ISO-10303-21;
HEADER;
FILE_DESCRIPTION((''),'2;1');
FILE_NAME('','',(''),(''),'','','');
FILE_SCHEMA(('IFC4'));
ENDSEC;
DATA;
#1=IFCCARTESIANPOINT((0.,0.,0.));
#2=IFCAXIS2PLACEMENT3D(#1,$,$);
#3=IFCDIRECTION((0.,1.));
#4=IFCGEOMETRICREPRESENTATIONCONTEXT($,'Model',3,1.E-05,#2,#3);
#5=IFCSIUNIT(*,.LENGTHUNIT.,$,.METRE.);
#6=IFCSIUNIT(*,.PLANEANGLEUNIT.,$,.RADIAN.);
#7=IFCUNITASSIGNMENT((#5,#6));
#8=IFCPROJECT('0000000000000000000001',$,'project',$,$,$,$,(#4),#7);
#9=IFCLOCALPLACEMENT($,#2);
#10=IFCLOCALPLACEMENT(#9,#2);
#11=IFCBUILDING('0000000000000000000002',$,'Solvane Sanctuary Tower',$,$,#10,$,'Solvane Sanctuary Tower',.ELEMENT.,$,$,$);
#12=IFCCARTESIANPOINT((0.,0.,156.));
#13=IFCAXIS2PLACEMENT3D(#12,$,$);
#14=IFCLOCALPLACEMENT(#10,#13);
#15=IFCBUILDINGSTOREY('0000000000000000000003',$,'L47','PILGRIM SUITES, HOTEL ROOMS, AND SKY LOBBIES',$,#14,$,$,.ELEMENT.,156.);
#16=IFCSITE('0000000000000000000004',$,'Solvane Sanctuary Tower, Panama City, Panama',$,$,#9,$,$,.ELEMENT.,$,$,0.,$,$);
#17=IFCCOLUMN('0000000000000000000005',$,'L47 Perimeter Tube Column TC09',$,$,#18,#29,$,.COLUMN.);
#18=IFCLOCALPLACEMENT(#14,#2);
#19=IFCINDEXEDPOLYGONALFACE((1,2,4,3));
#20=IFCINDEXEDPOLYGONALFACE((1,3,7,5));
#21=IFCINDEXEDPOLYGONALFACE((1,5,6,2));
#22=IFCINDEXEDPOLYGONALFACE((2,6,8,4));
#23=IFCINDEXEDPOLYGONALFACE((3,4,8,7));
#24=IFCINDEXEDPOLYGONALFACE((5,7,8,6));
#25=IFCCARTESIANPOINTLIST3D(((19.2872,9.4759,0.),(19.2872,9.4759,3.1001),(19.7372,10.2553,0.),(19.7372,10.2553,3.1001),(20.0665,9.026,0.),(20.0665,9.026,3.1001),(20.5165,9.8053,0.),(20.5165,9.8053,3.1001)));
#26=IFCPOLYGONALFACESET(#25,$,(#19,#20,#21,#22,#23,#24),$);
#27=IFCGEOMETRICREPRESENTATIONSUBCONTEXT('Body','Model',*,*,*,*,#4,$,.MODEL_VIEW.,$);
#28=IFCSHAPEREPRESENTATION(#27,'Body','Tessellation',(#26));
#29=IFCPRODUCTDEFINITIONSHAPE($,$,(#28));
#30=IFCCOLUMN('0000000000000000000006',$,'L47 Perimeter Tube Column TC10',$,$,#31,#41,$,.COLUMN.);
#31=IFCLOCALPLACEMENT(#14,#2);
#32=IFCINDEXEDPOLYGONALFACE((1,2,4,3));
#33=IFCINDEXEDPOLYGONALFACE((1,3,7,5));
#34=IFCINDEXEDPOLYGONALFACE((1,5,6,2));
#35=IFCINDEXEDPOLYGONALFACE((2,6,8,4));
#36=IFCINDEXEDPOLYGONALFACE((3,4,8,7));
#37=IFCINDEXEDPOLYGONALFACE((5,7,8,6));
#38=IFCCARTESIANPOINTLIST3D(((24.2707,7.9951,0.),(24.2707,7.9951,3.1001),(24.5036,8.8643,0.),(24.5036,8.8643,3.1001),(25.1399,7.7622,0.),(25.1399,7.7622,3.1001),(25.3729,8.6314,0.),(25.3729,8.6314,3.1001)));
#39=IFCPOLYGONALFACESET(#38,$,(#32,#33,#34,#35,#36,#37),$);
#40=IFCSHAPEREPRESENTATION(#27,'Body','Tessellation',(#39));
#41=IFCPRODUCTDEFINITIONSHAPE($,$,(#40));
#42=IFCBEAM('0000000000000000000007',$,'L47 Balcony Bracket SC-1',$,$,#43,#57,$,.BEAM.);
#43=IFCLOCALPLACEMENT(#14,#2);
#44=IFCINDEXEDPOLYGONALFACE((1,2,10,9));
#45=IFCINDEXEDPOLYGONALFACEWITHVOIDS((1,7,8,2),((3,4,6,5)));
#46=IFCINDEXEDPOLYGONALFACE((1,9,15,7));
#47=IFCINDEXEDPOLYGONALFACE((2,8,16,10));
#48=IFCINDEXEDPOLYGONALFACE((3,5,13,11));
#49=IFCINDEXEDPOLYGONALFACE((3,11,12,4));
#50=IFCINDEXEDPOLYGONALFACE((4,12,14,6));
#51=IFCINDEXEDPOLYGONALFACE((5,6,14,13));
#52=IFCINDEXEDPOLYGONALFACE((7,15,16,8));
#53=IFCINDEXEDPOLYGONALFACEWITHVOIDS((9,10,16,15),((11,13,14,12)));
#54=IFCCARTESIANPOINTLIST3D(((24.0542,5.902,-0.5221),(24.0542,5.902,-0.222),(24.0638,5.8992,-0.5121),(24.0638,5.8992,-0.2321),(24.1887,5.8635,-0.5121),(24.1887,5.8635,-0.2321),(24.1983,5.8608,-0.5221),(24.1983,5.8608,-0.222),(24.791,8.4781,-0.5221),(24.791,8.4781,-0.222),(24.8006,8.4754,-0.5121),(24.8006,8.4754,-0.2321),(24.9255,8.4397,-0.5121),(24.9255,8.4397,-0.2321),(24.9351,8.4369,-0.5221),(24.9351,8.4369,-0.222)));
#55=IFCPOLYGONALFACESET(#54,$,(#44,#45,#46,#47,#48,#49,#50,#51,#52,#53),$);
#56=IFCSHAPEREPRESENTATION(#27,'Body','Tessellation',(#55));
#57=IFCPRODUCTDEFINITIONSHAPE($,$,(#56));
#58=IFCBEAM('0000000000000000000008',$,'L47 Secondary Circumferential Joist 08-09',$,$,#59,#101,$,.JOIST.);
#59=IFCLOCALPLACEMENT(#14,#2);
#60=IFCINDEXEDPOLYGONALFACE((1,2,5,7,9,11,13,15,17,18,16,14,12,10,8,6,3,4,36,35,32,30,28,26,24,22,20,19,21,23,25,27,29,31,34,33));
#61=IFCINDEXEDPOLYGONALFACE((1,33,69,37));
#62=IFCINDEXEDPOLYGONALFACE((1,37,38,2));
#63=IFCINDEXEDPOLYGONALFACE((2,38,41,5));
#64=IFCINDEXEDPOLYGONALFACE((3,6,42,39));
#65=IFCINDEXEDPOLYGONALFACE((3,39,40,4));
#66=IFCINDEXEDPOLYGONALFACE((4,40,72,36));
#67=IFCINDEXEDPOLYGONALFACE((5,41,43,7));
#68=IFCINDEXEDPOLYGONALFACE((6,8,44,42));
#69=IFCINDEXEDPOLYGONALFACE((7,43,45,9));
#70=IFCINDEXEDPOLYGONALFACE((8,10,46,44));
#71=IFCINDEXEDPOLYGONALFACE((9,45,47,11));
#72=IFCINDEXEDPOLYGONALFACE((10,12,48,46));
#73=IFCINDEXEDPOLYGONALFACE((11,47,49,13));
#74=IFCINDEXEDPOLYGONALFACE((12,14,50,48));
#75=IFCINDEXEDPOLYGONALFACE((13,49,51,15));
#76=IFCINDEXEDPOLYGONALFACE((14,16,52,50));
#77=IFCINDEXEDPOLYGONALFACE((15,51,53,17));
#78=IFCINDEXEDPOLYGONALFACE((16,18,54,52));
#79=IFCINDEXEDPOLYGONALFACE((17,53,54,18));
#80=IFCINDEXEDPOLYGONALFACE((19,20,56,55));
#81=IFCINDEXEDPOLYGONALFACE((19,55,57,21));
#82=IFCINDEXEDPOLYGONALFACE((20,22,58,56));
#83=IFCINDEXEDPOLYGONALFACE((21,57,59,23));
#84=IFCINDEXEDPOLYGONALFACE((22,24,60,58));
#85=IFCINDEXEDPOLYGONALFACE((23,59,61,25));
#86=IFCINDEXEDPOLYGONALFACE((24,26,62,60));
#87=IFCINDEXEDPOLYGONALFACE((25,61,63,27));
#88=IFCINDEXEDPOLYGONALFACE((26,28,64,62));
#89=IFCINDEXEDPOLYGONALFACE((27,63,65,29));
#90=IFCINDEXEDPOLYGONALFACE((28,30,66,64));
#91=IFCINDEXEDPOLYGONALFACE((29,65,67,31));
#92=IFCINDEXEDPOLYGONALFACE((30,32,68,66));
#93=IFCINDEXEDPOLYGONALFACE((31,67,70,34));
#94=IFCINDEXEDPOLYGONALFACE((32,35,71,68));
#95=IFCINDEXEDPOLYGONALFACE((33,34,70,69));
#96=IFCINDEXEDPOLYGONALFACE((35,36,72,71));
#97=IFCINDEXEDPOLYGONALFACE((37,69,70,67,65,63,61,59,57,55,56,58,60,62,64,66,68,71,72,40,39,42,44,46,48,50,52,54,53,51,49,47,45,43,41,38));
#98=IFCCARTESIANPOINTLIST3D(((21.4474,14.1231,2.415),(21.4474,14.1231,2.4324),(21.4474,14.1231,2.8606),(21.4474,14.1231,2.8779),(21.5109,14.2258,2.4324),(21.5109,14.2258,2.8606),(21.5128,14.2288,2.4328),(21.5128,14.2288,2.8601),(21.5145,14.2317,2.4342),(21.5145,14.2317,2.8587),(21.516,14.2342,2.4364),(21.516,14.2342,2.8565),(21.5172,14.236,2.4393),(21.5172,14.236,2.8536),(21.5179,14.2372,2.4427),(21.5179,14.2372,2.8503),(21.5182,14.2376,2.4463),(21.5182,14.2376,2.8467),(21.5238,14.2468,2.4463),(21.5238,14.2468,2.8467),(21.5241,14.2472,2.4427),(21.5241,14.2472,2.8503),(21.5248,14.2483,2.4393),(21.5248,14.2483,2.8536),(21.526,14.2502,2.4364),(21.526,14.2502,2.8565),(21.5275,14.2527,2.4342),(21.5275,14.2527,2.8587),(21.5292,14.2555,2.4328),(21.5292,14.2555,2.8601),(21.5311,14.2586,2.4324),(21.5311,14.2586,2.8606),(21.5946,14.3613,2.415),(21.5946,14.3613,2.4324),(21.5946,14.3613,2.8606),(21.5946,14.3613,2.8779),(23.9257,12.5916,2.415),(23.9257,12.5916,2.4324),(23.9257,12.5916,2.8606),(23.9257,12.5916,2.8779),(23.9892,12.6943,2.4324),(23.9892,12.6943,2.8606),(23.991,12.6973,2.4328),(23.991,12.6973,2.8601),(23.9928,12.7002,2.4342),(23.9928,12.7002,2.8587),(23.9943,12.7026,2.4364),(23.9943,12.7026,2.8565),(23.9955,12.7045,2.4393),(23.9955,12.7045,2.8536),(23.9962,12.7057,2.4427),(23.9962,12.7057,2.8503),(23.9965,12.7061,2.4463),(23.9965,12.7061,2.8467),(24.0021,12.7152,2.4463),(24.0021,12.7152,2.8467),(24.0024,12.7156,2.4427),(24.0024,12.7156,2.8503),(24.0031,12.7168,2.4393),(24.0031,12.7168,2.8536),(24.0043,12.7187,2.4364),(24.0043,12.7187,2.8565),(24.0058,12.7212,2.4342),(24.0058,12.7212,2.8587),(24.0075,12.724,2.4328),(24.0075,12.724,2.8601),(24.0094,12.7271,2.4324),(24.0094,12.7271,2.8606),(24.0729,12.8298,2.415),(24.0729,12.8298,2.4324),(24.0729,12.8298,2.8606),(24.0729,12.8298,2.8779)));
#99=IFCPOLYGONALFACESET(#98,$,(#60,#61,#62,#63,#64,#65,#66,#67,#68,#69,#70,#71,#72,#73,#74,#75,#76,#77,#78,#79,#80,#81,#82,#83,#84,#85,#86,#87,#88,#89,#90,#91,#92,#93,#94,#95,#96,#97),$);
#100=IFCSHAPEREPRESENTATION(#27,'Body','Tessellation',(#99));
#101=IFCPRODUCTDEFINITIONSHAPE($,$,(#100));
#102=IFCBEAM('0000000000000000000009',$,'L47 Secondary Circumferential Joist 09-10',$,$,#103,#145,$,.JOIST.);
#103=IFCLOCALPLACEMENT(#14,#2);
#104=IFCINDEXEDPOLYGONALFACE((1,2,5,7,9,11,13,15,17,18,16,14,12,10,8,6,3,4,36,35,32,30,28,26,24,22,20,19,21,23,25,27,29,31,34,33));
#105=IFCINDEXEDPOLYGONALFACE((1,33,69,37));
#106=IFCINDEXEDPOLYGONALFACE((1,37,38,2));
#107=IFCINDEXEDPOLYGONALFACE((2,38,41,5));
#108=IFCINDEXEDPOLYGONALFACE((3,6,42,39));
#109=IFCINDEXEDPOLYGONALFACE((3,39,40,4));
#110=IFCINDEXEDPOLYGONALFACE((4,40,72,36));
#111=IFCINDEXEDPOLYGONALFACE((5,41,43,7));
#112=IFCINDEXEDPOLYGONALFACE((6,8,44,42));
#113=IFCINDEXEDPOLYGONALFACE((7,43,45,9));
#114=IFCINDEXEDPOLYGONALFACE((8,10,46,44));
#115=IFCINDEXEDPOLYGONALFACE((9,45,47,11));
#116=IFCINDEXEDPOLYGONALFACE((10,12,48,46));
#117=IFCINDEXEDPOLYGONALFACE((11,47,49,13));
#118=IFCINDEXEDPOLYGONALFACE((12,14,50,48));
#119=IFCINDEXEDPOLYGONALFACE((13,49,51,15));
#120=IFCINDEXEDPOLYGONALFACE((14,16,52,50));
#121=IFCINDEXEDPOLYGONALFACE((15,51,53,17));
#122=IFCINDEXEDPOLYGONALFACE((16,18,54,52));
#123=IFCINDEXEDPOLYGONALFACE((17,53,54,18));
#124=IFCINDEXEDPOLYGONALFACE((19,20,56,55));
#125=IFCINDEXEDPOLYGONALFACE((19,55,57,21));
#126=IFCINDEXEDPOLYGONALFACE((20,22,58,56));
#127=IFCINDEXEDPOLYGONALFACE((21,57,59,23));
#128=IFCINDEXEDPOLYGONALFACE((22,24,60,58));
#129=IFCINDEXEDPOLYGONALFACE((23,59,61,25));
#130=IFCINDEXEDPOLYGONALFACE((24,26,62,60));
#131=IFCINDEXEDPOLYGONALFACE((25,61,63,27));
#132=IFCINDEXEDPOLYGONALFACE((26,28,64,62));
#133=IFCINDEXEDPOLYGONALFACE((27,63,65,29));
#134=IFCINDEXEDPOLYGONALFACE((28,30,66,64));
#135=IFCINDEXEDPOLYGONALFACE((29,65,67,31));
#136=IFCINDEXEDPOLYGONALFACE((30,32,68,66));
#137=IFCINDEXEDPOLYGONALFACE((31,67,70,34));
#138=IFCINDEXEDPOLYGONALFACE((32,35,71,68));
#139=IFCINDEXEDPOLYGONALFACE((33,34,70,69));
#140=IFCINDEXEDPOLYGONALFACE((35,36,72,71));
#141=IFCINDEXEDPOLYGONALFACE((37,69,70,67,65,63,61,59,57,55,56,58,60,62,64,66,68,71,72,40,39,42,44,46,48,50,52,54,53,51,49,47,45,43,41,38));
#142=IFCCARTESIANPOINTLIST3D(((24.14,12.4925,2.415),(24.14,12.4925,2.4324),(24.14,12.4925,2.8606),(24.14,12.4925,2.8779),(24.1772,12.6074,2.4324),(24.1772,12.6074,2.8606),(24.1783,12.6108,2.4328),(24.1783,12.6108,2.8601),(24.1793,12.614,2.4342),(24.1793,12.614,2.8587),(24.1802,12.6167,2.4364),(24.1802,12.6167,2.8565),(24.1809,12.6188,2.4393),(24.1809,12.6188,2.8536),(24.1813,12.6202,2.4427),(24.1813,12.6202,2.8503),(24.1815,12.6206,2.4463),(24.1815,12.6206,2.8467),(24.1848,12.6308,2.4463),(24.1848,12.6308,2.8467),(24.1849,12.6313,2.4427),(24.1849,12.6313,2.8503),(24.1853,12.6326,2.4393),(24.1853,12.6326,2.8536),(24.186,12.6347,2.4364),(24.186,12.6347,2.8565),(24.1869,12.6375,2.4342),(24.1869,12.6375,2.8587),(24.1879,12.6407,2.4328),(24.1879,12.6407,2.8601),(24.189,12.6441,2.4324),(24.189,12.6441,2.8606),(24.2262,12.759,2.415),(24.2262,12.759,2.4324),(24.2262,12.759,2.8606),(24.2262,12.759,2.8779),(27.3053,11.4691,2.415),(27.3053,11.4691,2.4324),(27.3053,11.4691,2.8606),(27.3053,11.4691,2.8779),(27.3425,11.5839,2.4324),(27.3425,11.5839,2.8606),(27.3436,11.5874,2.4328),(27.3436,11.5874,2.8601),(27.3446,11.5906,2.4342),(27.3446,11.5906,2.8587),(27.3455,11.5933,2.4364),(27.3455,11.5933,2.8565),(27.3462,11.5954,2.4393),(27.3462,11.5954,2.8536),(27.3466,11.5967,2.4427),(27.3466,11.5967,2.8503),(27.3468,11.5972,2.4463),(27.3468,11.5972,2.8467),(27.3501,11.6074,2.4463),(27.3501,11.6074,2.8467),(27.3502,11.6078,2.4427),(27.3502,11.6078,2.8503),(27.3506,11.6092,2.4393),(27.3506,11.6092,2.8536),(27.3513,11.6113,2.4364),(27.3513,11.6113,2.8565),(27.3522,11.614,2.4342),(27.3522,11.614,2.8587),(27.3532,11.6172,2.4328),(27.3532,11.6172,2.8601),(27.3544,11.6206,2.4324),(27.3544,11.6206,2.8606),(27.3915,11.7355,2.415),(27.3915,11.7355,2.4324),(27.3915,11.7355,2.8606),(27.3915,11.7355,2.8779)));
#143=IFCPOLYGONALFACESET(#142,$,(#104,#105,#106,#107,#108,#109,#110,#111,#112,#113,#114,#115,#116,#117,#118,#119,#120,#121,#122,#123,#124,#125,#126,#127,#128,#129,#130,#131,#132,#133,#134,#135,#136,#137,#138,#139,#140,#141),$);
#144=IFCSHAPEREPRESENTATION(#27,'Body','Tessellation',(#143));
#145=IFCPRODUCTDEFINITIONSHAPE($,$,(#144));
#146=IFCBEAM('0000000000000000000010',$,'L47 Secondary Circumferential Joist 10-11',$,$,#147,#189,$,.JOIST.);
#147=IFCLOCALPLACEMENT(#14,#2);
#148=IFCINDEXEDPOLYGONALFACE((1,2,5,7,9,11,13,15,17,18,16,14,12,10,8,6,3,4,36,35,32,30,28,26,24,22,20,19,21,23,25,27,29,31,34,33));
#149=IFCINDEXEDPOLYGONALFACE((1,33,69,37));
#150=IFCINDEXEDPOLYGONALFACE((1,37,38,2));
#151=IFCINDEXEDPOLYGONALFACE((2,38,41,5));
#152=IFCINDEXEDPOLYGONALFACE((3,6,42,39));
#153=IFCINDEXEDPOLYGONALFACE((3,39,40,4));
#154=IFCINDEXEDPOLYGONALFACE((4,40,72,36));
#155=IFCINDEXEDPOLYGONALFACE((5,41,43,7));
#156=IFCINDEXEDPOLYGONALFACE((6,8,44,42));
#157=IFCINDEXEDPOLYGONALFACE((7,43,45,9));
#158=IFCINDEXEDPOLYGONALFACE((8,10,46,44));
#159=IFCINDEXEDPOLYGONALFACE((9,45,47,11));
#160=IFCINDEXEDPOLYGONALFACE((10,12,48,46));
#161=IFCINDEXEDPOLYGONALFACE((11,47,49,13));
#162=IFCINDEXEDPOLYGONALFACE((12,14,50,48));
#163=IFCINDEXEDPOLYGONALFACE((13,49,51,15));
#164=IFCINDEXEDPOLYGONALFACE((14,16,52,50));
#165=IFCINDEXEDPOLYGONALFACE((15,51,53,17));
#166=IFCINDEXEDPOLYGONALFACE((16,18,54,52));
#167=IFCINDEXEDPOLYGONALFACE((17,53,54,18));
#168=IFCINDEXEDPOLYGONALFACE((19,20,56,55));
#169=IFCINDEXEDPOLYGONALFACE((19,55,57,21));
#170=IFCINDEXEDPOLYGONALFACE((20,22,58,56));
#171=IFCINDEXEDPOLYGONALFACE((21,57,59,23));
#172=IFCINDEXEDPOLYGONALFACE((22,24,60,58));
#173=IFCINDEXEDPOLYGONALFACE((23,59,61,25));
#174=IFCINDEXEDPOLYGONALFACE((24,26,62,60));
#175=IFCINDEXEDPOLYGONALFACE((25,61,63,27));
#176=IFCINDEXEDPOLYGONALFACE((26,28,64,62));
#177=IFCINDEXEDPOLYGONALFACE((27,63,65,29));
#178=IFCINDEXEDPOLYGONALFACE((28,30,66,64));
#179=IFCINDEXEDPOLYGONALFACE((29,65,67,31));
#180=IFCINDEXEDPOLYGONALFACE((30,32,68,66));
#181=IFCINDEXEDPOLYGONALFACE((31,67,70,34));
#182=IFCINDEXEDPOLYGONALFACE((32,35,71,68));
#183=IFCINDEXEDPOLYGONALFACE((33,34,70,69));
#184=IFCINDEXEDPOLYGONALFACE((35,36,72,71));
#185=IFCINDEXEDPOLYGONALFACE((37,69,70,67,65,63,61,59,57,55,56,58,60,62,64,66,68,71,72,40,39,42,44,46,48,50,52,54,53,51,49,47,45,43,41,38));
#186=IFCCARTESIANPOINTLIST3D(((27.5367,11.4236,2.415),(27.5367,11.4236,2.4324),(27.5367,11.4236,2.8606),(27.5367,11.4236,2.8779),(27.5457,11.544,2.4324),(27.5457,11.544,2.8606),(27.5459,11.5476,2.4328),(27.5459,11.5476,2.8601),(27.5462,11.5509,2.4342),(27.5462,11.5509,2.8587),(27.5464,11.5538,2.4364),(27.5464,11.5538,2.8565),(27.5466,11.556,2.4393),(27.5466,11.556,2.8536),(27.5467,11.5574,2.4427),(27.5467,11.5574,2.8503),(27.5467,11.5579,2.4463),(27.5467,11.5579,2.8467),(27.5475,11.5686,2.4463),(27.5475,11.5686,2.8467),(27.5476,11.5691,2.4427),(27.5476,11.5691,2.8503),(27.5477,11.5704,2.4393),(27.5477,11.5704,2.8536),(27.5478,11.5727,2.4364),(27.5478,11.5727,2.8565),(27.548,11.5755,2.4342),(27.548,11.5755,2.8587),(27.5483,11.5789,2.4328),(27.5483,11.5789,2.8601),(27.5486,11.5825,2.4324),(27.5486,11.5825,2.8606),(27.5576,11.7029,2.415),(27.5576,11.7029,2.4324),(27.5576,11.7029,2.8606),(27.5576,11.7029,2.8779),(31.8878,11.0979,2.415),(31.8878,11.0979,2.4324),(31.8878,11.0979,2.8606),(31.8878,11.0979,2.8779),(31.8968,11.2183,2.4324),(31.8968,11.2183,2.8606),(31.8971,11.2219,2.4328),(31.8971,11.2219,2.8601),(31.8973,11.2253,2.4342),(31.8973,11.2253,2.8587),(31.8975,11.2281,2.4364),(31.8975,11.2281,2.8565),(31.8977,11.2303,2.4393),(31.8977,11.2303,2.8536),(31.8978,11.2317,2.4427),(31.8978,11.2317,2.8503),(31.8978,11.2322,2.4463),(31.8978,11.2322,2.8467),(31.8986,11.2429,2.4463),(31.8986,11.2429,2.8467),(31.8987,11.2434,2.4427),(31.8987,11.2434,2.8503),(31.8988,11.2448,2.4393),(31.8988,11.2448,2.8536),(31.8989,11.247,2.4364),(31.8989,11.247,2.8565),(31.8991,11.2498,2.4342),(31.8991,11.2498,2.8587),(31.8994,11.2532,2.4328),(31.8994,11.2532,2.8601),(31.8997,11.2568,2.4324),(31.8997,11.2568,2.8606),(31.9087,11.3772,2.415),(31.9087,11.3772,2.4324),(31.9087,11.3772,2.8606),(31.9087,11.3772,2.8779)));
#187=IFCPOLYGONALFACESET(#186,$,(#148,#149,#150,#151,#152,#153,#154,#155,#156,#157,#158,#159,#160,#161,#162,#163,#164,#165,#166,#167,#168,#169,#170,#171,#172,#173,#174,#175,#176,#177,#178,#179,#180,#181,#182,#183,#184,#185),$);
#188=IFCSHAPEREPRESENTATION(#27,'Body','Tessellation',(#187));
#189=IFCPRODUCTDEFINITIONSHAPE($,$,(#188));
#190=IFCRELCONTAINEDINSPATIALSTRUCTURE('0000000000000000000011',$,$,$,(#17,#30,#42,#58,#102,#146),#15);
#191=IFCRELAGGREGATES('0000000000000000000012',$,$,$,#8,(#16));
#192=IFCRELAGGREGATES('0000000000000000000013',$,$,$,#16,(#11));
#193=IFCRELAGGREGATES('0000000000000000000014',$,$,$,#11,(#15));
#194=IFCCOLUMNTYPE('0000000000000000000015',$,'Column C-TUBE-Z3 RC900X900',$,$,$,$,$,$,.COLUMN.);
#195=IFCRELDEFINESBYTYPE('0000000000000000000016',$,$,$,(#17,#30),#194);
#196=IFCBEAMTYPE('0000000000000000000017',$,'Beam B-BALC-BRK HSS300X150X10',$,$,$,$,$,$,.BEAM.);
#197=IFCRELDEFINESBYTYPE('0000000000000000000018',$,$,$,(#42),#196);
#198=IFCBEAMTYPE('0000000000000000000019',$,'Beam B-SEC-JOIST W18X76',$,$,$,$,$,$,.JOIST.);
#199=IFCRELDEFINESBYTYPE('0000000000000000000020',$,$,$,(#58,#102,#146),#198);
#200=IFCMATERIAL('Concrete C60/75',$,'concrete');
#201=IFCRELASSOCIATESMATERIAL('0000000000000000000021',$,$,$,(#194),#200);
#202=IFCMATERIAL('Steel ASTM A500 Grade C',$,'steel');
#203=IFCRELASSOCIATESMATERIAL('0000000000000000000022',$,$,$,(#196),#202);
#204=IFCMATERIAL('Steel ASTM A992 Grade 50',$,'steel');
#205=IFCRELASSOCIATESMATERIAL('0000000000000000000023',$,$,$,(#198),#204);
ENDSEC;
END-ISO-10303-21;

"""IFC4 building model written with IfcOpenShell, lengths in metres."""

from ifc_helpers import new_model, si_unit, direction, frame, origin, origin_2d, place, context, subcontext, project, spatial, rectangle, hollow_rectangle, i_section, extrude, material, material_profile, profile_set, type_object, element, save


model = new_model("IFC4")

# Units and contexts
model_context = context("Model", 3, precision=1e-05, world=origin(), true_north=direction((0.0, 1.0)))
body_context = subcontext(model_context, "Body", "Model", "MODEL_VIEW")
ifc_project = project(units=[si_unit("LENGTHUNIT", "METRE"), si_unit("PLANEANGLEUNIT", "RADIAN")], contexts=[model_context])

# Site, building, storey
site_placement = place(None, origin())
site = spatial("IfcSite", under=ifc_project, at=site_placement, Name="Solvane Sanctuary Tower, Panama City, Panama", CompositionType="ELEMENT", RefElevation=0.0)
building_placement = place(site_placement, origin())
building = spatial("IfcBuilding", under=site, at=building_placement, Name="Solvane Sanctuary Tower", LongName="Solvane Sanctuary Tower", CompositionType="ELEMENT")
storey_placement = place(building_placement, frame((0.0, 0.0, 156.0)))
storey = spatial("IfcBuildingStorey", under=building, at=storey_placement, Name="L47", Description="PILGRIM SUITES, HOTEL ROOMS, AND SKY LOBBIES", CompositionType="ELEMENT", Elevation=156.0)

# Columns
ifc_material_1 = material(Name="Concrete C60/75", Category="concrete")
ifc_material_profile_1 = material_profile(ifc_material_1, rectangle(XDim=0.8999, YDim=0.8999, at=origin_2d()), Name="RC900X900")
ifc_profile_set_1 = profile_set([ifc_material_profile_1], Name="Concrete C60/75")
column_type = type_object("IfcColumnType", Name="Column C-TUBE-Z3 RC900X900", PredefinedType="COLUMN", material=ifc_profile_set_1)
for number, where, z_axis, x_axis, name in (
    (1, (19.9019, 9.6406, 0.0), (0.0, 0.0, 1.0), (-0.5, -0.866025, 0.0), "L47 Perimeter Tube Column TC09"),
    (2, (24.8218, 8.3132, 0.0), (0.0, 0.0, 1.0), (-0.258819, -0.965926, 0.0), "L47 Perimeter Tube Column TC10"),
):
    element("IfcColumn", number, at=place(storey_placement, frame(where, z_axis=z_axis, x_axis=x_axis)), inside=storey, type_object=column_type, Name=name, PredefinedType="COLUMN", context=body_context, shape_type="SweptSolid", body=[
        extrude(rectangle(XDim=0.8999, YDim=0.8999, at=origin_2d()), origin(), (0.0, 0.0, 1.0), 3.1001),
    ])

# Beams
ifc_material_2 = material(Name="Steel ASTM A500 Grade C", Category="steel")
ifc_material_profile_2 = material_profile(ifc_material_2, hollow_rectangle(XDim=0.1499, YDim=0.3, WallThickness=0.01, at=origin_2d()), Name="HSS300X150X10")
ifc_profile_set_2 = profile_set([ifc_material_profile_2], Name="Steel ASTM A500 Grade C")
beam_type_1 = type_object("IfcBeamType", Name="Beam B-BALC-BRK HSS300X150X10", PredefinedType="BEAM", material=ifc_profile_set_2)
beam_1_placement = place(storey_placement, frame((24.863, 8.4575, -0.3721), z_axis=(-0.274986, -0.961448, 0.0), x_axis=(0.961448, -0.274986, 0.0)))
element("IfcBeam", 3, at=beam_1_placement, inside=storey, type_object=beam_type_1, Name="L47 Balcony Bracket SC-1", PredefinedType="BEAM", context=body_context, shape_type="SweptSolid", body=[
    extrude(hollow_rectangle(XDim=0.1499, YDim=0.3, WallThickness=0.01, at=origin_2d()), origin(), (0.0, 0.0, 1.0), 2.6794),
])
ifc_material_3 = material(Name="Steel ASTM A992 Grade 50", Category="steel")
ifc_material_profile_3 = material_profile(ifc_material_3, i_section(OverallWidth=0.28, OverallDepth=0.4629, WebThickness=0.0107, FlangeThickness=0.0173, FilletRadius=0.0139, at=origin_2d()), Name="W18X76")
ifc_profile_set_3 = profile_set([ifc_material_profile_3], Name="Steel ASTM A992 Grade 50")
beam_type_2 = type_object("IfcBeamType", Name="Beam B-SEC-JOIST W18X76", PredefinedType="JOIST", material=ifc_profile_set_3)
beam_2_placement = place(storey_placement, frame((21.521, 14.2422, 2.6465), z_axis=(0.850676, -0.525691, 0.0), x_axis=(0.525691, 0.850676, 0.0)))
element("IfcBeam", 4, at=beam_2_placement, inside=storey, type_object=beam_type_2, Name="L47 Secondary Circumferential Joist 08-09", PredefinedType="JOIST", context=body_context, shape_type="SweptSolid", body=[
    extrude(i_section(OverallWidth=0.28, OverallDepth=0.4629, WebThickness=0.0107, FlangeThickness=0.0173, FilletRadius=0.0139, at=origin_2d()), origin(), (0.0, 0.0, 1.0), 2.9133),
])
beam_3_placement = place(storey_placement, frame((24.1831, 12.6257, 2.6465), z_axis=(0.9515, -0.30765, 0.0), x_axis=(0.30765, 0.9515, 0.0)))
element("IfcBeam", 5, at=beam_3_placement, inside=storey, type_object=beam_type_2, Name="L47 Secondary Circumferential Joist 09-10", PredefinedType="JOIST", context=body_context, shape_type="SweptSolid", body=[
    extrude(i_section(OverallWidth=0.28, OverallDepth=0.4629, WebThickness=0.0107, FlangeThickness=0.0173, FilletRadius=0.0139, at=origin_2d()), origin(), (0.0, 0.0, 1.0), 3.3267),
])
beam_4_placement = place(storey_placement, frame((27.5471, 11.5632, 2.6465), z_axis=(0.99721, -0.074642, 0.0), x_axis=(0.074642, 0.99721, 0.0)))
element("IfcBeam", 6, at=beam_4_placement, inside=storey, type_object=beam_type_2, Name="L47 Secondary Circumferential Joist 10-11", PredefinedType="JOIST", context=body_context, shape_type="SweptSolid", body=[
    extrude(i_section(OverallWidth=0.28, OverallDepth=0.4629, WebThickness=0.0107, FlangeThickness=0.0173, FilletRadius=0.0139, at=origin_2d()), origin(), (0.0, 0.0, 1.0), 4.3633),
])

save(model, "model.ifc")
